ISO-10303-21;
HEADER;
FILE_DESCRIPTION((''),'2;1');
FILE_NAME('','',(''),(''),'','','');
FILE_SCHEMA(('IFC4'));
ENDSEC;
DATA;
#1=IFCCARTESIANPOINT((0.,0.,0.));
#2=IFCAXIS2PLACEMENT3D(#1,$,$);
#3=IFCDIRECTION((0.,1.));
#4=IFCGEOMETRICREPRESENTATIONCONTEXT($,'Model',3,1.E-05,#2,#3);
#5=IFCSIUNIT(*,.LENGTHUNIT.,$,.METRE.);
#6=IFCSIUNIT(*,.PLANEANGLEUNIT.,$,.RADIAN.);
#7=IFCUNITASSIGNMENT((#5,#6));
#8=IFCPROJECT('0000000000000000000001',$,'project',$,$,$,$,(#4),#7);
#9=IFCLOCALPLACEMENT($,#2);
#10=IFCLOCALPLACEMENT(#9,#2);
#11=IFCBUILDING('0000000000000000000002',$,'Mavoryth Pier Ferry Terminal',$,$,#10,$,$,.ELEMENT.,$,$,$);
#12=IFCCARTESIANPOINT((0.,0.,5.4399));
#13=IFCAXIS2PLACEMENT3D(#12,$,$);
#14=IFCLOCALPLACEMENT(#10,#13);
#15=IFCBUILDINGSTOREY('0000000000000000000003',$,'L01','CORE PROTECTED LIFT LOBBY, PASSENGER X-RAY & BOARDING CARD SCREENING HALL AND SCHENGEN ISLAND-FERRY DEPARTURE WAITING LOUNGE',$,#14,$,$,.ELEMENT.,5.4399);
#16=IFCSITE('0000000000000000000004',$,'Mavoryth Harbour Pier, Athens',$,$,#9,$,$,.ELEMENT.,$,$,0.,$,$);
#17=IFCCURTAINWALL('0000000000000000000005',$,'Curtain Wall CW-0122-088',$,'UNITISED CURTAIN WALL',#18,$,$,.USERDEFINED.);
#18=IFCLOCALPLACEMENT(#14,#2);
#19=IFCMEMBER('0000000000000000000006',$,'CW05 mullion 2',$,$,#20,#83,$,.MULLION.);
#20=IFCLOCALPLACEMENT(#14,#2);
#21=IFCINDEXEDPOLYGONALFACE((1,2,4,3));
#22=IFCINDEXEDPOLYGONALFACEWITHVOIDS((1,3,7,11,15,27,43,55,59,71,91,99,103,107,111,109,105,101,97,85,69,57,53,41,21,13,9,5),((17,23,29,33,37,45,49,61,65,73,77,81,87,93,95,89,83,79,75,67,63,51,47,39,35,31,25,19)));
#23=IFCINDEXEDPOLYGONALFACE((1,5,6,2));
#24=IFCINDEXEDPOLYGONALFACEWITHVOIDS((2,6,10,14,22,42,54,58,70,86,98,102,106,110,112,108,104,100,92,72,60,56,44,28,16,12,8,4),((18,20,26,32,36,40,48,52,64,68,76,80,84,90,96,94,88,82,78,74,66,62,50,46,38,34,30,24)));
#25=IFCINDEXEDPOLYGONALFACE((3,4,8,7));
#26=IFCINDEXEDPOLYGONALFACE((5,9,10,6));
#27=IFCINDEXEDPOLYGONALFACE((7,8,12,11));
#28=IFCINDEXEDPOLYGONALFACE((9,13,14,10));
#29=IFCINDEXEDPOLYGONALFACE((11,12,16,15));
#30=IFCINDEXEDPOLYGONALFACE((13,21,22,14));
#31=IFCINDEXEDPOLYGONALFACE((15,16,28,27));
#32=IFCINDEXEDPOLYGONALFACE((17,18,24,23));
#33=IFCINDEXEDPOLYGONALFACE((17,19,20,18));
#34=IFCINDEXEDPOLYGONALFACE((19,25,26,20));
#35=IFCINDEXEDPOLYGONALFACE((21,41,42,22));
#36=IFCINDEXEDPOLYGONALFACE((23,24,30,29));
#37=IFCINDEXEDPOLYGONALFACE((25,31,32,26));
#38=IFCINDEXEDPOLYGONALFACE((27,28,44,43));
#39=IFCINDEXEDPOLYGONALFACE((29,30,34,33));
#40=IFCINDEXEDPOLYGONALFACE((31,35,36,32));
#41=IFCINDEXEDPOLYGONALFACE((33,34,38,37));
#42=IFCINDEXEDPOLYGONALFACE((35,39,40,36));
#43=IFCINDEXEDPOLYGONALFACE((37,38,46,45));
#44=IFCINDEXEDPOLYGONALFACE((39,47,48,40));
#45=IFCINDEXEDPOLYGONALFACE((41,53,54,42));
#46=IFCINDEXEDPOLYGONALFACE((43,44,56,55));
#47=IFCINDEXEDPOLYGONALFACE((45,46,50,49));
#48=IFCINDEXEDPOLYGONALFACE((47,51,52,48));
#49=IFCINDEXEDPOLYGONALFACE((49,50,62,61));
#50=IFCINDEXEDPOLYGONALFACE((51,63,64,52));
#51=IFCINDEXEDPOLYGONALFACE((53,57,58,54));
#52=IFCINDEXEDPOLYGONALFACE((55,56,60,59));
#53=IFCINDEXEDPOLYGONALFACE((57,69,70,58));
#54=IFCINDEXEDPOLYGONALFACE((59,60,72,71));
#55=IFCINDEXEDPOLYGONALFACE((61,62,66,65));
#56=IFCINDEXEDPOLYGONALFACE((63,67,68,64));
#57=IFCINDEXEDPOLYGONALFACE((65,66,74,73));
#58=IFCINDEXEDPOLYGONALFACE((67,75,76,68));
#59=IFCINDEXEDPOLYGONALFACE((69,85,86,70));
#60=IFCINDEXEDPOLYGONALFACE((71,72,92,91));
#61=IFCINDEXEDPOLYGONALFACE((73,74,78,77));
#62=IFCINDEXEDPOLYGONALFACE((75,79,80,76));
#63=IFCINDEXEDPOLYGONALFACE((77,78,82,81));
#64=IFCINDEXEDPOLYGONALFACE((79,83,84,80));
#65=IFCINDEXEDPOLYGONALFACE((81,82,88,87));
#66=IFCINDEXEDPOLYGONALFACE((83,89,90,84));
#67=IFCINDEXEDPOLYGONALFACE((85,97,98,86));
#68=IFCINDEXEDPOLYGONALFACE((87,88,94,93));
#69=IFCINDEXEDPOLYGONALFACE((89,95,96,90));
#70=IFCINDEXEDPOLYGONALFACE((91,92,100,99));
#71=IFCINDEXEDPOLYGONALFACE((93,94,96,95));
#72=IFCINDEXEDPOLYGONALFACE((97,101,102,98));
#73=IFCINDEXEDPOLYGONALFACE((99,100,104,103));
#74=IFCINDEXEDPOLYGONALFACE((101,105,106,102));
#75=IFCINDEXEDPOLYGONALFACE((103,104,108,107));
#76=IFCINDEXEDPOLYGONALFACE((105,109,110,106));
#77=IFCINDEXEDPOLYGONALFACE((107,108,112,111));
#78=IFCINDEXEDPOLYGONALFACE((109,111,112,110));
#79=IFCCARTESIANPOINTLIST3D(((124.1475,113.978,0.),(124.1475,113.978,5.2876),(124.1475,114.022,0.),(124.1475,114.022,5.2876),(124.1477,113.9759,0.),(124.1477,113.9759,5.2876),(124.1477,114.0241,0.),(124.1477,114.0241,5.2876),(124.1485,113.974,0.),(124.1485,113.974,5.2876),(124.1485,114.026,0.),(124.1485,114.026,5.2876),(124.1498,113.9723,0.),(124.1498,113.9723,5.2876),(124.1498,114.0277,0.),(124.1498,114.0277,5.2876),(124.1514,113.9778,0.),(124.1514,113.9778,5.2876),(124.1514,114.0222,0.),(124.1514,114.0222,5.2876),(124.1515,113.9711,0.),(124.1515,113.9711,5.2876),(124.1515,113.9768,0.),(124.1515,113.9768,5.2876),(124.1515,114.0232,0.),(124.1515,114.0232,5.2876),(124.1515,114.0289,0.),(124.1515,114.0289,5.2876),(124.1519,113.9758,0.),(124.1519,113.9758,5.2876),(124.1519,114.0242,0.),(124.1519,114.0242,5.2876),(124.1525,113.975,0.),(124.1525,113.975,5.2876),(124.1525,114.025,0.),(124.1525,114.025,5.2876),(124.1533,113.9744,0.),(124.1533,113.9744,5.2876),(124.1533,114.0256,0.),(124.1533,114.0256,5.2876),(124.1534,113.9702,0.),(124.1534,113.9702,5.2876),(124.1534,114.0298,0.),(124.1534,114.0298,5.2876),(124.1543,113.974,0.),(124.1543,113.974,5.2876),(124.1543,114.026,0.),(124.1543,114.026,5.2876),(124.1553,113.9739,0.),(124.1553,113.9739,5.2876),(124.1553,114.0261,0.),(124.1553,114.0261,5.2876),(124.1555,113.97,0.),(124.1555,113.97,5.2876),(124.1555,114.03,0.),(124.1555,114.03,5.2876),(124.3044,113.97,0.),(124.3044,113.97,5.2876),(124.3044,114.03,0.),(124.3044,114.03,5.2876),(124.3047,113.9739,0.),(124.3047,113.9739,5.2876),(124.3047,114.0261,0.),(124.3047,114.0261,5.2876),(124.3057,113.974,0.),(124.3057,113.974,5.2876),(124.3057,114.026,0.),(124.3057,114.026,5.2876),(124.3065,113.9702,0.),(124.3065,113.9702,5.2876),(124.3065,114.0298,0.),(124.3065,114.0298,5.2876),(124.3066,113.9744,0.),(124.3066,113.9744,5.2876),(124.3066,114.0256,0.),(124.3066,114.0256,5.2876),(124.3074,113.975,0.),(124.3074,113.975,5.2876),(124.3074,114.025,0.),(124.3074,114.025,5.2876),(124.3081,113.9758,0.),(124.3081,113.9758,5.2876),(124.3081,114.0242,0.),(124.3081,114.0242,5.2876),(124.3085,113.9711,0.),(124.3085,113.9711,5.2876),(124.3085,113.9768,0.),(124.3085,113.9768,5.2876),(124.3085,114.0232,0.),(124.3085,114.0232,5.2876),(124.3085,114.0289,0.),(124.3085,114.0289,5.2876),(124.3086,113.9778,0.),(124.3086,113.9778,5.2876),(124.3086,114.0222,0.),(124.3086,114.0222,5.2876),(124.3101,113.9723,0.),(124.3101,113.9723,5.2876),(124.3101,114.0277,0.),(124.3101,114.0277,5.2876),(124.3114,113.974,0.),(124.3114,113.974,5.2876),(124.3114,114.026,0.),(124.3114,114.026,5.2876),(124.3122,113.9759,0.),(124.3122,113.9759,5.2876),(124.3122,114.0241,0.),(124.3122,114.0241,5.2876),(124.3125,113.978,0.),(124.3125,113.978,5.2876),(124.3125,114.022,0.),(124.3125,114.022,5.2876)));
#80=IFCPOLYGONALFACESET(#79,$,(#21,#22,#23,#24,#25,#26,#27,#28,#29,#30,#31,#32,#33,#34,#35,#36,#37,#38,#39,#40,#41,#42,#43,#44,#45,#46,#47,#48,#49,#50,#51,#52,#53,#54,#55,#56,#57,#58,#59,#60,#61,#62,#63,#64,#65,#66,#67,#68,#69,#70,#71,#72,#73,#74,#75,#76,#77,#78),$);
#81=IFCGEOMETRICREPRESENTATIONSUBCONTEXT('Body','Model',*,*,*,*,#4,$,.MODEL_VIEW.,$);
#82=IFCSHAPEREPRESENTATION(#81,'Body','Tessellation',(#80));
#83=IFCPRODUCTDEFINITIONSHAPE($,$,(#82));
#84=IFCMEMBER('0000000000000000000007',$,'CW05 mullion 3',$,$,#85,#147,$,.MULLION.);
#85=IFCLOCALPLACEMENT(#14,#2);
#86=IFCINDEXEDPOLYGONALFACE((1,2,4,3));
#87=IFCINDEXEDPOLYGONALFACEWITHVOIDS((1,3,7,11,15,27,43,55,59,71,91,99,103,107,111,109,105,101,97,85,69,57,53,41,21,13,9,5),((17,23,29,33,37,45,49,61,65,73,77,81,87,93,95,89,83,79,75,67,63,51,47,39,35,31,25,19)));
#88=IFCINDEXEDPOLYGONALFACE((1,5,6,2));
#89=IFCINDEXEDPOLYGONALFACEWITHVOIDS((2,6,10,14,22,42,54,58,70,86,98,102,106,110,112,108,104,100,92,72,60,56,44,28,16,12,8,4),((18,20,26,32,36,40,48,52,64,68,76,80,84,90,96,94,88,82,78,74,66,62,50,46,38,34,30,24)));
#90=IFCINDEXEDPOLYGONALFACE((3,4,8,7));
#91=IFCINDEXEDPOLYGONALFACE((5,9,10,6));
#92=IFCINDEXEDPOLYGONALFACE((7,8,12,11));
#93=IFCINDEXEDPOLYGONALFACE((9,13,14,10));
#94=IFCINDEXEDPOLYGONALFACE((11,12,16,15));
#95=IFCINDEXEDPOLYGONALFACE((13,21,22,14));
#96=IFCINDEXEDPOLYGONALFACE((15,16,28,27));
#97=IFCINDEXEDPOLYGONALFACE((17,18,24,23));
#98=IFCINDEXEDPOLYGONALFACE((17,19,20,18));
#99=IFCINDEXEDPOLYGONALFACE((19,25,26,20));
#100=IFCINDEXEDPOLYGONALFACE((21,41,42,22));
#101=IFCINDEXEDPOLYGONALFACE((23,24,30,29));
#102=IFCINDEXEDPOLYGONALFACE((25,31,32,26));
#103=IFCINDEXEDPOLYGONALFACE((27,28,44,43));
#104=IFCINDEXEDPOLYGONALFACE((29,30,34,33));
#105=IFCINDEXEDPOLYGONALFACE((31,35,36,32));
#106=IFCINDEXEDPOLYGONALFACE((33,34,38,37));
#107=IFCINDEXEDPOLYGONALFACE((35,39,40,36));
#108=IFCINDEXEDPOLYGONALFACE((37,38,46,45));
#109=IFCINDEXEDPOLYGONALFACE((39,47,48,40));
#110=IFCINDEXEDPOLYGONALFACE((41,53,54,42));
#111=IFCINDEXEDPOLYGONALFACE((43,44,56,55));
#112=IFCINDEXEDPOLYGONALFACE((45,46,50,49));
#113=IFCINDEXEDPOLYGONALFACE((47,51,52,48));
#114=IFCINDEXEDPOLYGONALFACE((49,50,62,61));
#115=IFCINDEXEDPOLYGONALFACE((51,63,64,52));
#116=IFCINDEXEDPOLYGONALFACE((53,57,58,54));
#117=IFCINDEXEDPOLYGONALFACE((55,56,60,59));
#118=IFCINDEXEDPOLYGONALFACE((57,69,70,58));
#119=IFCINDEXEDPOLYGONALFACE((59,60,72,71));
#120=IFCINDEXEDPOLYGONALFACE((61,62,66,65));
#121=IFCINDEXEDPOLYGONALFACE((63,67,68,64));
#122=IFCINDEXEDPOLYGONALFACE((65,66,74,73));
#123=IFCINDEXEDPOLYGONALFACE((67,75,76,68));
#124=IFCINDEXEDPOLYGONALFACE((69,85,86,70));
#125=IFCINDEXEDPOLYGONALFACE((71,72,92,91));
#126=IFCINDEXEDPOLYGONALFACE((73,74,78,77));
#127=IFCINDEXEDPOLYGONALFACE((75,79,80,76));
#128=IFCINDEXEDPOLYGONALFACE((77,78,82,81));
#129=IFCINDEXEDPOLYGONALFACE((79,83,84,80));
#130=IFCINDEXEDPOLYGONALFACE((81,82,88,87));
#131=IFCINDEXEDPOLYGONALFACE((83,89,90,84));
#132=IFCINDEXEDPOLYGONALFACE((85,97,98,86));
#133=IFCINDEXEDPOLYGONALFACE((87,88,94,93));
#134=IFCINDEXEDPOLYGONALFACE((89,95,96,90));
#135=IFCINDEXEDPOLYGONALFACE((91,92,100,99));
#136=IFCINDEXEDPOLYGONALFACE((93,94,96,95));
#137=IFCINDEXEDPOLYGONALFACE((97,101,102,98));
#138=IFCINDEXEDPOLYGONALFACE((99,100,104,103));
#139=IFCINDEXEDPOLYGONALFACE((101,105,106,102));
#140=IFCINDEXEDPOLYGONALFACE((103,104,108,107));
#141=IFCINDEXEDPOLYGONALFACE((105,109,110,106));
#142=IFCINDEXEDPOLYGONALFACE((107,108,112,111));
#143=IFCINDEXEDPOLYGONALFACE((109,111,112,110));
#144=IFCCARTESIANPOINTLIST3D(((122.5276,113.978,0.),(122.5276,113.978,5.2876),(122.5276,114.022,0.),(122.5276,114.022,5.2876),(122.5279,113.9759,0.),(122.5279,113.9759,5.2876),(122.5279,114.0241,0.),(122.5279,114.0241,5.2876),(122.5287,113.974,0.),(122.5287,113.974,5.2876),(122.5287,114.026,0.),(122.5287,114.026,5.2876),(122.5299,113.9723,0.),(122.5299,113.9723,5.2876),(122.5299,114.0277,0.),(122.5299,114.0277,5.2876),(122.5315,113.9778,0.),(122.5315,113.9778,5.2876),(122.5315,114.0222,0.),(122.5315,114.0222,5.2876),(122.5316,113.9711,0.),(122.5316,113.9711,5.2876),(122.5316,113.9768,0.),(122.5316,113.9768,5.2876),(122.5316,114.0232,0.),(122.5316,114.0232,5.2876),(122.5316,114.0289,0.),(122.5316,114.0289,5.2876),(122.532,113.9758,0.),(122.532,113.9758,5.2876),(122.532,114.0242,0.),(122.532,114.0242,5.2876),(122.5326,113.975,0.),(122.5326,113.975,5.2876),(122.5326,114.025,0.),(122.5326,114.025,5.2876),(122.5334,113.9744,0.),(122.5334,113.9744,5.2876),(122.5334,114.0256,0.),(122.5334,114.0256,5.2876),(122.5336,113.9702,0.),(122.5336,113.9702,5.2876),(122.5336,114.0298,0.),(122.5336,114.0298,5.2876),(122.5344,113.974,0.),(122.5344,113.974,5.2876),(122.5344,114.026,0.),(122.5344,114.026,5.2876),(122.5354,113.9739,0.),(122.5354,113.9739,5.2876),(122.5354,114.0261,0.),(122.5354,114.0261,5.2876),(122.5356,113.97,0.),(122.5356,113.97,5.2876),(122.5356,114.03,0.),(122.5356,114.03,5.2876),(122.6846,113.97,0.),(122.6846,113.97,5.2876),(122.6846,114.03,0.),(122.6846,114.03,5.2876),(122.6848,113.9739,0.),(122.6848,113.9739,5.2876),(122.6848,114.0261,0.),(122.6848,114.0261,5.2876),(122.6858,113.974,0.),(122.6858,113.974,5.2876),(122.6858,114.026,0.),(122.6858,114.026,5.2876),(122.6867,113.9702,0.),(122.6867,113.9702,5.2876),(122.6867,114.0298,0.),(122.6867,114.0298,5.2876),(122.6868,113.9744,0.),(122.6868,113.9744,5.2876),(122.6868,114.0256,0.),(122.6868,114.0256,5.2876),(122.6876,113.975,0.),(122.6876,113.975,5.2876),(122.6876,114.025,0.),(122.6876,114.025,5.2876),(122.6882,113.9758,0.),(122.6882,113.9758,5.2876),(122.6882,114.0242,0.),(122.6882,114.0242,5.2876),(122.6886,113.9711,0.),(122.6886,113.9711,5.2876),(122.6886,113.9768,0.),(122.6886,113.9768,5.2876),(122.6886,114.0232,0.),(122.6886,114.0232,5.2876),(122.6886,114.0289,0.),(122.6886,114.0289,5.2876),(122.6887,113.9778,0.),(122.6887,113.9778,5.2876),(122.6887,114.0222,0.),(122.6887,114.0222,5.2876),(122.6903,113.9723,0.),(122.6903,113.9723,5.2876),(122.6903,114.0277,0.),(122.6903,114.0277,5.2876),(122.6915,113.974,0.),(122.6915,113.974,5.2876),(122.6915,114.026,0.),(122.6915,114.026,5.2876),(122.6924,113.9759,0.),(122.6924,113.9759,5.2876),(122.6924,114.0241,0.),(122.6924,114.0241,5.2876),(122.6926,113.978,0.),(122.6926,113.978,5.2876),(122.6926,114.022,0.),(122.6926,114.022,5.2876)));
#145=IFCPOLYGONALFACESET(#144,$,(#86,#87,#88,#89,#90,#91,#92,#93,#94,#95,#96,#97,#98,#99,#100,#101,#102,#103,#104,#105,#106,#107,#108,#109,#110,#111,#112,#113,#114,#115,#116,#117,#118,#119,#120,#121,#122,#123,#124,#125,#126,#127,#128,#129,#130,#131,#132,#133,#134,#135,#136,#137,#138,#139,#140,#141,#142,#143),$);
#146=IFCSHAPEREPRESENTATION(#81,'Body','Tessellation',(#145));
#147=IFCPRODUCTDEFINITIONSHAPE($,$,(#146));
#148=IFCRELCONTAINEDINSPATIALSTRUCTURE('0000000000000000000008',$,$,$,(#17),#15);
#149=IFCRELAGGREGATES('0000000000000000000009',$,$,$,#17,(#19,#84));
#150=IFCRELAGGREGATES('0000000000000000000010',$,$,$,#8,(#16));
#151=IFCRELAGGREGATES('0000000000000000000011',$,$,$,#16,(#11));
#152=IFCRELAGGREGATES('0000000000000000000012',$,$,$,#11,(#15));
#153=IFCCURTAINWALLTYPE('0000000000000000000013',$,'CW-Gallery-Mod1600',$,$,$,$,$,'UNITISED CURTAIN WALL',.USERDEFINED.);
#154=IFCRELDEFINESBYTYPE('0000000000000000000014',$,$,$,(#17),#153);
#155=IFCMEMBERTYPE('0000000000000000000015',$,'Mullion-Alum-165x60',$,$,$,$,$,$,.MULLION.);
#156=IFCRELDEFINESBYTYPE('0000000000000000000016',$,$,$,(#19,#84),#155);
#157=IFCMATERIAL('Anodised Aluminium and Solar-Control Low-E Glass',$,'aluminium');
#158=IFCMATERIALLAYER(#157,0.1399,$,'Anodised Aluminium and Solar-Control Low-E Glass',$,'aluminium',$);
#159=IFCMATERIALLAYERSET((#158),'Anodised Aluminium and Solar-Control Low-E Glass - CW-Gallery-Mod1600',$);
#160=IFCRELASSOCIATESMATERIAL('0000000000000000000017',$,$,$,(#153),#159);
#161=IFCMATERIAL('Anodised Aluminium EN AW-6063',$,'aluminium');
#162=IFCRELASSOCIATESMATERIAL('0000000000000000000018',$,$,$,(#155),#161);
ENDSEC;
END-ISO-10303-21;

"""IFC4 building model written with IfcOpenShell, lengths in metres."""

from ifc_helpers import new_model, si_unit, direction, frame, origin, origin_2d, place, context, subcontext, project, spatial, hollow_rectangle, extrude, material, layer, layer_set, material_profile, profile_set, type_object, element, aggregate, save


model = new_model("IFC4")

# Units and contexts
model_context = context("Model", 3, precision=1e-05, world=origin(), true_north=direction((0.0, 1.0)))
body_context = subcontext(model_context, "Body", "Model", "MODEL_VIEW")
ifc_project = project(units=[si_unit("LENGTHUNIT", "METRE"), si_unit("PLANEANGLEUNIT", "RADIAN")], contexts=[model_context])

# Site, building, storey
site_placement = place(None, origin())
site = spatial("IfcSite", under=ifc_project, at=site_placement, Name="Mavoryth Harbour Pier, Athens", CompositionType="ELEMENT", RefElevation=0.0)
building_placement = place(site_placement, origin())
building = spatial("IfcBuilding", under=site, at=building_placement, Name="Mavoryth Pier Ferry Terminal", CompositionType="ELEMENT")
storey_placement = place(building_placement, frame((0.0, 0.0, 5.4399)))
storey = spatial("IfcBuildingStorey", under=building, at=storey_placement, Name="L01", Description="CORE PROTECTED LIFT LOBBY, PASSENGER X-RAY & BOARDING CARD SCREENING HALL AND SCHENGEN ISLAND-FERRY DEPARTURE WAITING LOUNGE", CompositionType="ELEMENT", Elevation=5.4399)

# Curtain wall, members
ifc_material_1 = material(Name="Anodised Aluminium and Solar-Control Low-E Glass", Category="aluminium")
ifc_layer_1 = layer(ifc_material_1, 0.1399, Name="Anodised Aluminium and Solar-Control Low-E Glass", Category="aluminium")
ifc_layer_set_1 = layer_set([ifc_layer_1], Name="Anodised Aluminium and Solar-Control Low-E Glass - CW-Gallery-Mod1600")
curtain_wall_type = type_object("IfcCurtainWallType", Name="CW-Gallery-Mod1600", ElementType="UNITISED CURTAIN WALL", PredefinedType="USERDEFINED", material=ifc_layer_set_1)
curtain_wall_placement = place(storey_placement, origin())
curtain_wall = element("IfcCurtainWall", 1, at=curtain_wall_placement, inside=storey, type_object=curtain_wall_type, Name="Curtain Wall CW-0122-088", ObjectType="UNITISED CURTAIN WALL", PredefinedType="USERDEFINED")
ifc_material_2 = material(Name="Anodised Aluminium EN AW-6063", Category="aluminium")
ifc_material_profile_1 = material_profile(ifc_material_2, hollow_rectangle(XDim=0.0601, YDim=0.165, WallThickness=0.0039, InnerFilletRadius=0.0039, OuterFilletRadius=0.0081, at=origin_2d()), Name="AL-MULL 165x60x4", Category="aluminium")
ifc_profile_set_1 = profile_set([ifc_material_profile_1], Name="Anodised Aluminium EN AW-6063 - AL-MULL 165x60x4")
member_type_1 = type_object("IfcMemberType", Name="Mullion-Alum-165x60", PredefinedType="MULLION", material=ifc_profile_set_1)
member_1_placement = place(storey_placement, frame((124.23, 114.0, 0.0), z_axis=(0.0, 0.0, 1.0), x_axis=(0.0, -1.0, 0.0)))
member_1 = element("IfcMember", 2, at=member_1_placement, type_object=member_type_1, Name="CW05 mullion 2", PredefinedType="MULLION", context=body_context, shape_type="SweptSolid", body=[
    extrude(hollow_rectangle(XDim=0.0601, YDim=0.165, WallThickness=0.0039, InnerFilletRadius=0.0039, OuterFilletRadius=0.0081, at=origin_2d()), origin(), (0.0, 0.0, 1.0), 5.2876),
])
member_2_placement = place(storey_placement, frame((122.6101, 114.0, 0.0), z_axis=(0.0, 0.0, 1.0), x_axis=(0.0, -1.0, 0.0)))
member_2 = element("IfcMember", 3, at=member_2_placement, type_object=member_type_1, Name="CW05 mullion 3", PredefinedType="MULLION", context=body_context, shape_type="SweptSolid", body=[
    extrude(hollow_rectangle(XDim=0.0601, YDim=0.165, WallThickness=0.0039, InnerFilletRadius=0.0039, OuterFilletRadius=0.0081, at=origin_2d()), origin(), (0.0, 0.0, 1.0), 5.2876),
])
aggregate(curtain_wall, [member_1, member_2])

save(model, "model.ifc")
